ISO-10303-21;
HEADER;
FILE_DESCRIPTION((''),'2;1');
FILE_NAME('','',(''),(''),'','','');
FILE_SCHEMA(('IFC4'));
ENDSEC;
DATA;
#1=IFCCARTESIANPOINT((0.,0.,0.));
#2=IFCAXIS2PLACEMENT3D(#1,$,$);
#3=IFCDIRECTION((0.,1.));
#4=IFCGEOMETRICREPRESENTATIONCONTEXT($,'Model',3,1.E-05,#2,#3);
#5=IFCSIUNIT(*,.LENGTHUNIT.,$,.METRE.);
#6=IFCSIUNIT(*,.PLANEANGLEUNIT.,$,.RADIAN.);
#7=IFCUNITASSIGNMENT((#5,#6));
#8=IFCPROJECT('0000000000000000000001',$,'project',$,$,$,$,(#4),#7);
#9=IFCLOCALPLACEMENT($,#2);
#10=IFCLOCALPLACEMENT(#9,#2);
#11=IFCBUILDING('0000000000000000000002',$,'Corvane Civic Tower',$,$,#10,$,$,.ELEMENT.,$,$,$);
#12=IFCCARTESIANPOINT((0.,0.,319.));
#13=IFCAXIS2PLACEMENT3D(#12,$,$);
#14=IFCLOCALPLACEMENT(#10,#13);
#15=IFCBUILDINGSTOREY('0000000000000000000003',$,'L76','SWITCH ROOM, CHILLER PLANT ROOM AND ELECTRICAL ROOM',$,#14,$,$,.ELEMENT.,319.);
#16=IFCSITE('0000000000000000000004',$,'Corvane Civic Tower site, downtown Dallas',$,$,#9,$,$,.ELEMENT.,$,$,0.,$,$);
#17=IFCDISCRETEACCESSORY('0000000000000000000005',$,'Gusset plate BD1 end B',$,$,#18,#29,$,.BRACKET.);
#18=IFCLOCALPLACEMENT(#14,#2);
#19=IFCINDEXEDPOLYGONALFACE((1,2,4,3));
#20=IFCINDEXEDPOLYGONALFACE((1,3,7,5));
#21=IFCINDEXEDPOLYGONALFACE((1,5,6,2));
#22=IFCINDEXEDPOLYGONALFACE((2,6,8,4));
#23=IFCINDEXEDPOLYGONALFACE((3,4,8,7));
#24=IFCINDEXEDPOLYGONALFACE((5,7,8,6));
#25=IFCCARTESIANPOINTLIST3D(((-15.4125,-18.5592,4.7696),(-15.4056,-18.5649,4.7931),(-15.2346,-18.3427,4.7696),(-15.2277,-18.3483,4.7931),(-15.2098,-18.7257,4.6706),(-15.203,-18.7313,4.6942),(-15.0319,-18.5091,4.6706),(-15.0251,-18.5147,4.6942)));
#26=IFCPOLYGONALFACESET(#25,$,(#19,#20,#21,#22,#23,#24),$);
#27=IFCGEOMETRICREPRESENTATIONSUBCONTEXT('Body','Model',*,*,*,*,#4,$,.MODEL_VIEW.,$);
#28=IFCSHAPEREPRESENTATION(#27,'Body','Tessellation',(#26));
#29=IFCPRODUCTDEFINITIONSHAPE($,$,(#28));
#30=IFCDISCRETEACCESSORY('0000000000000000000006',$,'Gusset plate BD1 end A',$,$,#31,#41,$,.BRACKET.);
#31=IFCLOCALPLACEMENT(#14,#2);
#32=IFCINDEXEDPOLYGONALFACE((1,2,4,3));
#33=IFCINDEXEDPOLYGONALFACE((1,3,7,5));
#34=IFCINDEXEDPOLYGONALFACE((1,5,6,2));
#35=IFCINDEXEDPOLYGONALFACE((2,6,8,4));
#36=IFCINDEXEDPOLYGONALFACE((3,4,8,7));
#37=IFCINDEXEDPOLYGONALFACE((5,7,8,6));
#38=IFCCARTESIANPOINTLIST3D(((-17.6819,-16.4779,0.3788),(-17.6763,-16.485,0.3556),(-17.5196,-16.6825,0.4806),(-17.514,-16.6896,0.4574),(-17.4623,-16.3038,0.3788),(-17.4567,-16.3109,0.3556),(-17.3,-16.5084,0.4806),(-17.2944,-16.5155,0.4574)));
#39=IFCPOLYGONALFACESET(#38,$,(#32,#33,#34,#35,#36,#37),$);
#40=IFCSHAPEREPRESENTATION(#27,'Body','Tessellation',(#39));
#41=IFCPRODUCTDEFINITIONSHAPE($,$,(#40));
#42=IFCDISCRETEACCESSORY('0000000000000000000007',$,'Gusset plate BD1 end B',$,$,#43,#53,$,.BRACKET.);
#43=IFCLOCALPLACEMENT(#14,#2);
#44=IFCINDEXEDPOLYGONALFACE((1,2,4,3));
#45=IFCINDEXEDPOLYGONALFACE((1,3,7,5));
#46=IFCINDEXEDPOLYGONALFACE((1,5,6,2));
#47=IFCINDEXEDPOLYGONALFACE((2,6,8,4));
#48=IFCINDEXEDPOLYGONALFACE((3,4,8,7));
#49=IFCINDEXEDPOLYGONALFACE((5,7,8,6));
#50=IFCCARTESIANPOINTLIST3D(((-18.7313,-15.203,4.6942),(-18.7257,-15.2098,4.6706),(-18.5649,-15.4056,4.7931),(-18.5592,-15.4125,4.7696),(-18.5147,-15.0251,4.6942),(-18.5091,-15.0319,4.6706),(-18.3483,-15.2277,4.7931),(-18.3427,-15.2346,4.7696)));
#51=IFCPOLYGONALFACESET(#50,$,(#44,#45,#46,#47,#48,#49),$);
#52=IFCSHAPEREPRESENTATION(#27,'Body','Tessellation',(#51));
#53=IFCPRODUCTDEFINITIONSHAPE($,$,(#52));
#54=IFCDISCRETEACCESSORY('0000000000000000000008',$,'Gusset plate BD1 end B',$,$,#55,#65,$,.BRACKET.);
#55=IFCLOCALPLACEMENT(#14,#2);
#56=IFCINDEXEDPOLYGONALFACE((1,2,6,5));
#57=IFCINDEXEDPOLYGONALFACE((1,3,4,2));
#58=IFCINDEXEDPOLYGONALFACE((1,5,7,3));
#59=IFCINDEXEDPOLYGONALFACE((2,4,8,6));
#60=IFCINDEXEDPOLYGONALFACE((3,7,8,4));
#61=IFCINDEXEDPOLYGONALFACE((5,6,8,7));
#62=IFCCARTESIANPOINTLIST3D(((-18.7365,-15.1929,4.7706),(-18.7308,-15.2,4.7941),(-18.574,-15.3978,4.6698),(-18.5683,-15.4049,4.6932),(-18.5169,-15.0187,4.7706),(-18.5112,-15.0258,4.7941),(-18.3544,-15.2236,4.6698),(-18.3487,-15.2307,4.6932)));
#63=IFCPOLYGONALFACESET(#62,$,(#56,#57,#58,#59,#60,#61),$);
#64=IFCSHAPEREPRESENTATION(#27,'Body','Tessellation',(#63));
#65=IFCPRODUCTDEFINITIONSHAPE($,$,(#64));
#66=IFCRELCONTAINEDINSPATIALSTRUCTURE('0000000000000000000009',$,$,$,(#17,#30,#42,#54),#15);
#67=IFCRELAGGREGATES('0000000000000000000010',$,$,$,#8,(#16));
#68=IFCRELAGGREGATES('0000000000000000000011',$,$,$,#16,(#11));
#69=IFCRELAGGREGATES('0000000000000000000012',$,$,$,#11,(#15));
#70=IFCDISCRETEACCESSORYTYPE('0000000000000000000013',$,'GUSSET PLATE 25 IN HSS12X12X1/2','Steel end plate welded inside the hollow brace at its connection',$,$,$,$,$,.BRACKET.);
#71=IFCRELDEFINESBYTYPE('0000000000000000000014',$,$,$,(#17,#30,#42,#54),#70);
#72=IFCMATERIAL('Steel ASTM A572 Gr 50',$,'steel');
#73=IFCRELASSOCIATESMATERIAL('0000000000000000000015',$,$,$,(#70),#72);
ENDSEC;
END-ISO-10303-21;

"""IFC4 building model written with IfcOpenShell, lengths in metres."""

from ifc_helpers import new_model, si_unit, direction, frame, origin, origin_2d, place, context, subcontext, project, spatial, rectangle, extrude, material, material_profile, profile_set, type_object, element, save


model = new_model("IFC4")

# Units and contexts
model_context = context("Model", 3, precision=1e-05, world=origin(), true_north=direction((0.0, 1.0)))
body_context = subcontext(model_context, "Body", "Model", "MODEL_VIEW")
ifc_project = project(units=[si_unit("LENGTHUNIT", "METRE"), si_unit("PLANEANGLEUNIT", "RADIAN")], contexts=[model_context])

# Site, building, storey
site_placement = place(None, origin())
site = spatial("IfcSite", under=ifc_project, at=site_placement, Name="Corvane Civic Tower site, downtown Dallas", CompositionType="ELEMENT", RefElevation=0.0)
building_placement = place(site_placement, origin())
building = spatial("IfcBuilding", under=site, at=building_placement, Name="Corvane Civic Tower", CompositionType="ELEMENT")
storey_placement = place(building_placement, frame((0.0, 0.0, 319.0)))
storey = spatial("IfcBuildingStorey", under=building, at=storey_placement, Name="L76", Description="SWITCH ROOM, CHILLER PLANT ROOM AND ELECTRICAL ROOM", CompositionType="ELEMENT", Elevation=319.0)

# Discrete accessories
ifc_material_1 = material(Name="Steel ASTM A572 Gr 50", Category="steel")
ifc_material_profile_1 = material_profile(ifc_material_1, rectangle(XDim=0.2803, YDim=0.2803, at=origin_2d()), Name="GUSSET PLATE 25 IN HSS12X12X1/2")
ifc_profile_set_1 = profile_set([ifc_material_profile_1], Name="Steel ASTM A572 Gr 50")
discrete_accessory_type = type_object("IfcDiscreteAccessoryType", Name="GUSSET PLATE 25 IN HSS12X12X1/2", Description="Steel end plate welded inside the hollow brace at its connection", PredefinedType="BRACKET", material=ifc_profile_set_1)
discrete_accessory_1_placement = place(storey_placement, frame((-15.2153, -18.5398, 4.7437), z_axis=(-0.272875, 0.224148, -0.935573), x_axis=(-0.634739, -0.772726, 0.0)))
element("IfcDiscreteAccessory", 1, at=discrete_accessory_1_placement, inside=storey, type_object=discrete_accessory_type, Name="Gusset plate BD1 end B", PredefinedType="BRACKET", context=body_context, shape_type="SweptSolid", body=[
    extrude(rectangle(XDim=0.2803, YDim=0.2803, at=origin_2d()), origin(), (0.0, 0.0, 1.0), 0.0251),
])
discrete_accessory_2_placement = place(storey_placement, frame((-17.4854, -16.5002, 0.4065), z_axis=(-0.225588, 0.284437, 0.931776), x_axis=(-0.783498, -0.621395, 0.0)))
element("IfcDiscreteAccessory", 2, at=discrete_accessory_2_placement, inside=storey, type_object=discrete_accessory_type, Name="Gusset plate BD1 end A", PredefinedType="BRACKET", context=body_context, shape_type="SweptSolid", body=[
    extrude(rectangle(XDim=0.2803, YDim=0.2803, at=origin_2d()), origin(), (0.0, 0.0, 1.0), 0.0249),
])
for number, where, z_axis, x_axis, name in (
    (3, (-18.5398, -15.2153, 4.7437), (0.224148, -0.272875, -0.935573), (0.772726, 0.634739, 0.0), "Gusset plate BD1 end B"),
    (4, (-18.5398, -15.2153, 4.7437), (-0.223543, 0.281859, -0.933051), (-0.783498, -0.621395, 0.0), "Gusset plate BD1 end B"),
):
    element("IfcDiscreteAccessory", number, at=place(storey_placement, frame(where, z_axis=z_axis, x_axis=x_axis)), inside=storey, type_object=discrete_accessory_type, Name=name, PredefinedType="BRACKET", context=body_context, shape_type="SweptSolid", body=[
        extrude(rectangle(XDim=0.2803, YDim=0.2803, at=origin_2d()), origin(), (0.0, 0.0, 1.0), 0.0251),
    ])

save(model, "model.ifc")
